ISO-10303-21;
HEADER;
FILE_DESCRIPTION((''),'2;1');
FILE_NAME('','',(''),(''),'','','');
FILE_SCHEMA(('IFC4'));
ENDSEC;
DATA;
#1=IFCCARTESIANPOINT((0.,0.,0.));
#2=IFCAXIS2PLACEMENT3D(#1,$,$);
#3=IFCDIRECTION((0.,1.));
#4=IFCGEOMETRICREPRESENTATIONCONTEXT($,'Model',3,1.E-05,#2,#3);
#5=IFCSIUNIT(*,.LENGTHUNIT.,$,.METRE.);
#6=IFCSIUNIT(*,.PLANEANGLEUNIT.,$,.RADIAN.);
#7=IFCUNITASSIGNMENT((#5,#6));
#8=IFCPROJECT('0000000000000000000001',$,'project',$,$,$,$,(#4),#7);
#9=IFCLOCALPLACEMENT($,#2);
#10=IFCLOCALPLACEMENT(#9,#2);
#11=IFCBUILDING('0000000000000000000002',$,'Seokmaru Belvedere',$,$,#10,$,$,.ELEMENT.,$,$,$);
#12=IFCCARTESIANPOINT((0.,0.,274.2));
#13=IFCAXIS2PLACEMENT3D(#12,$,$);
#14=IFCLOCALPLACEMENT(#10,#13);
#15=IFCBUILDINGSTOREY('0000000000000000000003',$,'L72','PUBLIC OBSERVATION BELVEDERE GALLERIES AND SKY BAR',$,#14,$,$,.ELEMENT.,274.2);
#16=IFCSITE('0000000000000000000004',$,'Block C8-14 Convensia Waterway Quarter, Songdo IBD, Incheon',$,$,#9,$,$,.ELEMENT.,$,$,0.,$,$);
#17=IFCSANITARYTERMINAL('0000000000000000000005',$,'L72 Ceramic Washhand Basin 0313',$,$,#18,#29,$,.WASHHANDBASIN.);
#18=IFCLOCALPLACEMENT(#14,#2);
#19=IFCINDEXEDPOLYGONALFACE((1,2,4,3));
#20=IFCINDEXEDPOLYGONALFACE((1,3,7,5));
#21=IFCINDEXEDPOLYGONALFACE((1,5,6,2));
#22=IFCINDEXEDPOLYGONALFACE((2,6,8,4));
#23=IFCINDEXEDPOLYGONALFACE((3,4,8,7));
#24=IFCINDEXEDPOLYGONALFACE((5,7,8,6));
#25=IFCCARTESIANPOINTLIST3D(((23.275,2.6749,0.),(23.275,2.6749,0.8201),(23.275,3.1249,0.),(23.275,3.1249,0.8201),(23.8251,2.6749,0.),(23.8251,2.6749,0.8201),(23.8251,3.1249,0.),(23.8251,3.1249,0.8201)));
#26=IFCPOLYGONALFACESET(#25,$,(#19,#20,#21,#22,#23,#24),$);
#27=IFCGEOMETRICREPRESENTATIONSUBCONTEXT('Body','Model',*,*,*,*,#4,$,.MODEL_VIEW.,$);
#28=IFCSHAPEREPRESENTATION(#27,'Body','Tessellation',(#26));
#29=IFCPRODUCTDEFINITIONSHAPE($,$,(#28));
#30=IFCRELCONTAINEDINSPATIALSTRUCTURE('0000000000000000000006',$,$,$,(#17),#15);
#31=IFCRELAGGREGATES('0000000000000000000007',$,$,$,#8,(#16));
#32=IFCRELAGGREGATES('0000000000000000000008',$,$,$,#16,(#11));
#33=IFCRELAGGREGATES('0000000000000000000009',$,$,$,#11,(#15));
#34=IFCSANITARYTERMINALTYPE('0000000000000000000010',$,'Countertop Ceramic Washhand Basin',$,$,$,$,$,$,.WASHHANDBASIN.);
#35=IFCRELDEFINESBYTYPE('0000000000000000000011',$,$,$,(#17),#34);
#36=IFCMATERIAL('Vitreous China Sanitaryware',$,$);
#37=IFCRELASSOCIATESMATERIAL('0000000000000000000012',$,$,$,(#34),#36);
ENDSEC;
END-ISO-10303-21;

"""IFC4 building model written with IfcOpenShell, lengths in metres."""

from ifc_helpers import new_model, si_unit, direction, frame, origin, origin_2d, place, context, subcontext, project, spatial, rectangle, extrude, source, transform, mapped, material, type_object, type_shapes, element, save


model = new_model("IFC4")

# Units and contexts
model_context = context("Model", 3, precision=1e-05, world=origin(), true_north=direction((0.0, 1.0)))
body_context = subcontext(model_context, "Body", "Model", "MODEL_VIEW")
ifc_project = project(units=[si_unit("LENGTHUNIT", "METRE"), si_unit("PLANEANGLEUNIT", "RADIAN")], contexts=[model_context])

# Site, building, storey
site_placement = place(None, origin())
site = spatial("IfcSite", under=ifc_project, at=site_placement, Name="Block C8-14 Convensia Waterway Quarter, Songdo IBD, Incheon", CompositionType="ELEMENT", RefElevation=0.0)
building_placement = place(site_placement, origin())
building = spatial("IfcBuilding", under=site, at=building_placement, Name="Seokmaru Belvedere", CompositionType="ELEMENT")
storey_placement = place(building_placement, frame((0.0, 0.0, 274.2)))
storey = spatial("IfcBuildingStorey", under=building, at=storey_placement, Name="L72", Description="PUBLIC OBSERVATION BELVEDERE GALLERIES AND SKY BAR", CompositionType="ELEMENT", Elevation=274.2)

# Sanitary terminal
ifc_material_1 = material(Name="Vitreous China Sanitaryware")
sanitary_terminal_type_1 = type_object("IfcSanitaryTerminalType", Name="Countertop Ceramic Washhand Basin", PredefinedType="WASHHANDBASIN", material=ifc_material_1)
shared_shape_1 = source(origin(), body_context, "Body", "SweptSolid", [
    extrude(rectangle(XDim=0.55, YDim=0.45, at=origin_2d()), origin(), (0.0, 0.0, 1.0), 0.8201),
])
type_shapes(sanitary_terminal_type_1, [shared_shape_1])
for number, where, z_axis, x_axis, name in (
    (1, (23.55, 2.8999, 0.0), (0.0, 0.0, 1.0), (1.0, 0.0, 0.0), "L72 Ceramic Washhand Basin 0313"),
):
    element("IfcSanitaryTerminal", number, at=place(storey_placement, frame(where, z_axis=z_axis, x_axis=x_axis)), inside=storey, type_object=sanitary_terminal_type_1, Name=name, PredefinedType="WASHHANDBASIN", context=body_context, shape_type="MappedRepresentation", body=[
        mapped(shared_shape_1, transform((0.0, 0.0, 0.0), scale=1.0)),
    ])

save(model, "model.ifc")
